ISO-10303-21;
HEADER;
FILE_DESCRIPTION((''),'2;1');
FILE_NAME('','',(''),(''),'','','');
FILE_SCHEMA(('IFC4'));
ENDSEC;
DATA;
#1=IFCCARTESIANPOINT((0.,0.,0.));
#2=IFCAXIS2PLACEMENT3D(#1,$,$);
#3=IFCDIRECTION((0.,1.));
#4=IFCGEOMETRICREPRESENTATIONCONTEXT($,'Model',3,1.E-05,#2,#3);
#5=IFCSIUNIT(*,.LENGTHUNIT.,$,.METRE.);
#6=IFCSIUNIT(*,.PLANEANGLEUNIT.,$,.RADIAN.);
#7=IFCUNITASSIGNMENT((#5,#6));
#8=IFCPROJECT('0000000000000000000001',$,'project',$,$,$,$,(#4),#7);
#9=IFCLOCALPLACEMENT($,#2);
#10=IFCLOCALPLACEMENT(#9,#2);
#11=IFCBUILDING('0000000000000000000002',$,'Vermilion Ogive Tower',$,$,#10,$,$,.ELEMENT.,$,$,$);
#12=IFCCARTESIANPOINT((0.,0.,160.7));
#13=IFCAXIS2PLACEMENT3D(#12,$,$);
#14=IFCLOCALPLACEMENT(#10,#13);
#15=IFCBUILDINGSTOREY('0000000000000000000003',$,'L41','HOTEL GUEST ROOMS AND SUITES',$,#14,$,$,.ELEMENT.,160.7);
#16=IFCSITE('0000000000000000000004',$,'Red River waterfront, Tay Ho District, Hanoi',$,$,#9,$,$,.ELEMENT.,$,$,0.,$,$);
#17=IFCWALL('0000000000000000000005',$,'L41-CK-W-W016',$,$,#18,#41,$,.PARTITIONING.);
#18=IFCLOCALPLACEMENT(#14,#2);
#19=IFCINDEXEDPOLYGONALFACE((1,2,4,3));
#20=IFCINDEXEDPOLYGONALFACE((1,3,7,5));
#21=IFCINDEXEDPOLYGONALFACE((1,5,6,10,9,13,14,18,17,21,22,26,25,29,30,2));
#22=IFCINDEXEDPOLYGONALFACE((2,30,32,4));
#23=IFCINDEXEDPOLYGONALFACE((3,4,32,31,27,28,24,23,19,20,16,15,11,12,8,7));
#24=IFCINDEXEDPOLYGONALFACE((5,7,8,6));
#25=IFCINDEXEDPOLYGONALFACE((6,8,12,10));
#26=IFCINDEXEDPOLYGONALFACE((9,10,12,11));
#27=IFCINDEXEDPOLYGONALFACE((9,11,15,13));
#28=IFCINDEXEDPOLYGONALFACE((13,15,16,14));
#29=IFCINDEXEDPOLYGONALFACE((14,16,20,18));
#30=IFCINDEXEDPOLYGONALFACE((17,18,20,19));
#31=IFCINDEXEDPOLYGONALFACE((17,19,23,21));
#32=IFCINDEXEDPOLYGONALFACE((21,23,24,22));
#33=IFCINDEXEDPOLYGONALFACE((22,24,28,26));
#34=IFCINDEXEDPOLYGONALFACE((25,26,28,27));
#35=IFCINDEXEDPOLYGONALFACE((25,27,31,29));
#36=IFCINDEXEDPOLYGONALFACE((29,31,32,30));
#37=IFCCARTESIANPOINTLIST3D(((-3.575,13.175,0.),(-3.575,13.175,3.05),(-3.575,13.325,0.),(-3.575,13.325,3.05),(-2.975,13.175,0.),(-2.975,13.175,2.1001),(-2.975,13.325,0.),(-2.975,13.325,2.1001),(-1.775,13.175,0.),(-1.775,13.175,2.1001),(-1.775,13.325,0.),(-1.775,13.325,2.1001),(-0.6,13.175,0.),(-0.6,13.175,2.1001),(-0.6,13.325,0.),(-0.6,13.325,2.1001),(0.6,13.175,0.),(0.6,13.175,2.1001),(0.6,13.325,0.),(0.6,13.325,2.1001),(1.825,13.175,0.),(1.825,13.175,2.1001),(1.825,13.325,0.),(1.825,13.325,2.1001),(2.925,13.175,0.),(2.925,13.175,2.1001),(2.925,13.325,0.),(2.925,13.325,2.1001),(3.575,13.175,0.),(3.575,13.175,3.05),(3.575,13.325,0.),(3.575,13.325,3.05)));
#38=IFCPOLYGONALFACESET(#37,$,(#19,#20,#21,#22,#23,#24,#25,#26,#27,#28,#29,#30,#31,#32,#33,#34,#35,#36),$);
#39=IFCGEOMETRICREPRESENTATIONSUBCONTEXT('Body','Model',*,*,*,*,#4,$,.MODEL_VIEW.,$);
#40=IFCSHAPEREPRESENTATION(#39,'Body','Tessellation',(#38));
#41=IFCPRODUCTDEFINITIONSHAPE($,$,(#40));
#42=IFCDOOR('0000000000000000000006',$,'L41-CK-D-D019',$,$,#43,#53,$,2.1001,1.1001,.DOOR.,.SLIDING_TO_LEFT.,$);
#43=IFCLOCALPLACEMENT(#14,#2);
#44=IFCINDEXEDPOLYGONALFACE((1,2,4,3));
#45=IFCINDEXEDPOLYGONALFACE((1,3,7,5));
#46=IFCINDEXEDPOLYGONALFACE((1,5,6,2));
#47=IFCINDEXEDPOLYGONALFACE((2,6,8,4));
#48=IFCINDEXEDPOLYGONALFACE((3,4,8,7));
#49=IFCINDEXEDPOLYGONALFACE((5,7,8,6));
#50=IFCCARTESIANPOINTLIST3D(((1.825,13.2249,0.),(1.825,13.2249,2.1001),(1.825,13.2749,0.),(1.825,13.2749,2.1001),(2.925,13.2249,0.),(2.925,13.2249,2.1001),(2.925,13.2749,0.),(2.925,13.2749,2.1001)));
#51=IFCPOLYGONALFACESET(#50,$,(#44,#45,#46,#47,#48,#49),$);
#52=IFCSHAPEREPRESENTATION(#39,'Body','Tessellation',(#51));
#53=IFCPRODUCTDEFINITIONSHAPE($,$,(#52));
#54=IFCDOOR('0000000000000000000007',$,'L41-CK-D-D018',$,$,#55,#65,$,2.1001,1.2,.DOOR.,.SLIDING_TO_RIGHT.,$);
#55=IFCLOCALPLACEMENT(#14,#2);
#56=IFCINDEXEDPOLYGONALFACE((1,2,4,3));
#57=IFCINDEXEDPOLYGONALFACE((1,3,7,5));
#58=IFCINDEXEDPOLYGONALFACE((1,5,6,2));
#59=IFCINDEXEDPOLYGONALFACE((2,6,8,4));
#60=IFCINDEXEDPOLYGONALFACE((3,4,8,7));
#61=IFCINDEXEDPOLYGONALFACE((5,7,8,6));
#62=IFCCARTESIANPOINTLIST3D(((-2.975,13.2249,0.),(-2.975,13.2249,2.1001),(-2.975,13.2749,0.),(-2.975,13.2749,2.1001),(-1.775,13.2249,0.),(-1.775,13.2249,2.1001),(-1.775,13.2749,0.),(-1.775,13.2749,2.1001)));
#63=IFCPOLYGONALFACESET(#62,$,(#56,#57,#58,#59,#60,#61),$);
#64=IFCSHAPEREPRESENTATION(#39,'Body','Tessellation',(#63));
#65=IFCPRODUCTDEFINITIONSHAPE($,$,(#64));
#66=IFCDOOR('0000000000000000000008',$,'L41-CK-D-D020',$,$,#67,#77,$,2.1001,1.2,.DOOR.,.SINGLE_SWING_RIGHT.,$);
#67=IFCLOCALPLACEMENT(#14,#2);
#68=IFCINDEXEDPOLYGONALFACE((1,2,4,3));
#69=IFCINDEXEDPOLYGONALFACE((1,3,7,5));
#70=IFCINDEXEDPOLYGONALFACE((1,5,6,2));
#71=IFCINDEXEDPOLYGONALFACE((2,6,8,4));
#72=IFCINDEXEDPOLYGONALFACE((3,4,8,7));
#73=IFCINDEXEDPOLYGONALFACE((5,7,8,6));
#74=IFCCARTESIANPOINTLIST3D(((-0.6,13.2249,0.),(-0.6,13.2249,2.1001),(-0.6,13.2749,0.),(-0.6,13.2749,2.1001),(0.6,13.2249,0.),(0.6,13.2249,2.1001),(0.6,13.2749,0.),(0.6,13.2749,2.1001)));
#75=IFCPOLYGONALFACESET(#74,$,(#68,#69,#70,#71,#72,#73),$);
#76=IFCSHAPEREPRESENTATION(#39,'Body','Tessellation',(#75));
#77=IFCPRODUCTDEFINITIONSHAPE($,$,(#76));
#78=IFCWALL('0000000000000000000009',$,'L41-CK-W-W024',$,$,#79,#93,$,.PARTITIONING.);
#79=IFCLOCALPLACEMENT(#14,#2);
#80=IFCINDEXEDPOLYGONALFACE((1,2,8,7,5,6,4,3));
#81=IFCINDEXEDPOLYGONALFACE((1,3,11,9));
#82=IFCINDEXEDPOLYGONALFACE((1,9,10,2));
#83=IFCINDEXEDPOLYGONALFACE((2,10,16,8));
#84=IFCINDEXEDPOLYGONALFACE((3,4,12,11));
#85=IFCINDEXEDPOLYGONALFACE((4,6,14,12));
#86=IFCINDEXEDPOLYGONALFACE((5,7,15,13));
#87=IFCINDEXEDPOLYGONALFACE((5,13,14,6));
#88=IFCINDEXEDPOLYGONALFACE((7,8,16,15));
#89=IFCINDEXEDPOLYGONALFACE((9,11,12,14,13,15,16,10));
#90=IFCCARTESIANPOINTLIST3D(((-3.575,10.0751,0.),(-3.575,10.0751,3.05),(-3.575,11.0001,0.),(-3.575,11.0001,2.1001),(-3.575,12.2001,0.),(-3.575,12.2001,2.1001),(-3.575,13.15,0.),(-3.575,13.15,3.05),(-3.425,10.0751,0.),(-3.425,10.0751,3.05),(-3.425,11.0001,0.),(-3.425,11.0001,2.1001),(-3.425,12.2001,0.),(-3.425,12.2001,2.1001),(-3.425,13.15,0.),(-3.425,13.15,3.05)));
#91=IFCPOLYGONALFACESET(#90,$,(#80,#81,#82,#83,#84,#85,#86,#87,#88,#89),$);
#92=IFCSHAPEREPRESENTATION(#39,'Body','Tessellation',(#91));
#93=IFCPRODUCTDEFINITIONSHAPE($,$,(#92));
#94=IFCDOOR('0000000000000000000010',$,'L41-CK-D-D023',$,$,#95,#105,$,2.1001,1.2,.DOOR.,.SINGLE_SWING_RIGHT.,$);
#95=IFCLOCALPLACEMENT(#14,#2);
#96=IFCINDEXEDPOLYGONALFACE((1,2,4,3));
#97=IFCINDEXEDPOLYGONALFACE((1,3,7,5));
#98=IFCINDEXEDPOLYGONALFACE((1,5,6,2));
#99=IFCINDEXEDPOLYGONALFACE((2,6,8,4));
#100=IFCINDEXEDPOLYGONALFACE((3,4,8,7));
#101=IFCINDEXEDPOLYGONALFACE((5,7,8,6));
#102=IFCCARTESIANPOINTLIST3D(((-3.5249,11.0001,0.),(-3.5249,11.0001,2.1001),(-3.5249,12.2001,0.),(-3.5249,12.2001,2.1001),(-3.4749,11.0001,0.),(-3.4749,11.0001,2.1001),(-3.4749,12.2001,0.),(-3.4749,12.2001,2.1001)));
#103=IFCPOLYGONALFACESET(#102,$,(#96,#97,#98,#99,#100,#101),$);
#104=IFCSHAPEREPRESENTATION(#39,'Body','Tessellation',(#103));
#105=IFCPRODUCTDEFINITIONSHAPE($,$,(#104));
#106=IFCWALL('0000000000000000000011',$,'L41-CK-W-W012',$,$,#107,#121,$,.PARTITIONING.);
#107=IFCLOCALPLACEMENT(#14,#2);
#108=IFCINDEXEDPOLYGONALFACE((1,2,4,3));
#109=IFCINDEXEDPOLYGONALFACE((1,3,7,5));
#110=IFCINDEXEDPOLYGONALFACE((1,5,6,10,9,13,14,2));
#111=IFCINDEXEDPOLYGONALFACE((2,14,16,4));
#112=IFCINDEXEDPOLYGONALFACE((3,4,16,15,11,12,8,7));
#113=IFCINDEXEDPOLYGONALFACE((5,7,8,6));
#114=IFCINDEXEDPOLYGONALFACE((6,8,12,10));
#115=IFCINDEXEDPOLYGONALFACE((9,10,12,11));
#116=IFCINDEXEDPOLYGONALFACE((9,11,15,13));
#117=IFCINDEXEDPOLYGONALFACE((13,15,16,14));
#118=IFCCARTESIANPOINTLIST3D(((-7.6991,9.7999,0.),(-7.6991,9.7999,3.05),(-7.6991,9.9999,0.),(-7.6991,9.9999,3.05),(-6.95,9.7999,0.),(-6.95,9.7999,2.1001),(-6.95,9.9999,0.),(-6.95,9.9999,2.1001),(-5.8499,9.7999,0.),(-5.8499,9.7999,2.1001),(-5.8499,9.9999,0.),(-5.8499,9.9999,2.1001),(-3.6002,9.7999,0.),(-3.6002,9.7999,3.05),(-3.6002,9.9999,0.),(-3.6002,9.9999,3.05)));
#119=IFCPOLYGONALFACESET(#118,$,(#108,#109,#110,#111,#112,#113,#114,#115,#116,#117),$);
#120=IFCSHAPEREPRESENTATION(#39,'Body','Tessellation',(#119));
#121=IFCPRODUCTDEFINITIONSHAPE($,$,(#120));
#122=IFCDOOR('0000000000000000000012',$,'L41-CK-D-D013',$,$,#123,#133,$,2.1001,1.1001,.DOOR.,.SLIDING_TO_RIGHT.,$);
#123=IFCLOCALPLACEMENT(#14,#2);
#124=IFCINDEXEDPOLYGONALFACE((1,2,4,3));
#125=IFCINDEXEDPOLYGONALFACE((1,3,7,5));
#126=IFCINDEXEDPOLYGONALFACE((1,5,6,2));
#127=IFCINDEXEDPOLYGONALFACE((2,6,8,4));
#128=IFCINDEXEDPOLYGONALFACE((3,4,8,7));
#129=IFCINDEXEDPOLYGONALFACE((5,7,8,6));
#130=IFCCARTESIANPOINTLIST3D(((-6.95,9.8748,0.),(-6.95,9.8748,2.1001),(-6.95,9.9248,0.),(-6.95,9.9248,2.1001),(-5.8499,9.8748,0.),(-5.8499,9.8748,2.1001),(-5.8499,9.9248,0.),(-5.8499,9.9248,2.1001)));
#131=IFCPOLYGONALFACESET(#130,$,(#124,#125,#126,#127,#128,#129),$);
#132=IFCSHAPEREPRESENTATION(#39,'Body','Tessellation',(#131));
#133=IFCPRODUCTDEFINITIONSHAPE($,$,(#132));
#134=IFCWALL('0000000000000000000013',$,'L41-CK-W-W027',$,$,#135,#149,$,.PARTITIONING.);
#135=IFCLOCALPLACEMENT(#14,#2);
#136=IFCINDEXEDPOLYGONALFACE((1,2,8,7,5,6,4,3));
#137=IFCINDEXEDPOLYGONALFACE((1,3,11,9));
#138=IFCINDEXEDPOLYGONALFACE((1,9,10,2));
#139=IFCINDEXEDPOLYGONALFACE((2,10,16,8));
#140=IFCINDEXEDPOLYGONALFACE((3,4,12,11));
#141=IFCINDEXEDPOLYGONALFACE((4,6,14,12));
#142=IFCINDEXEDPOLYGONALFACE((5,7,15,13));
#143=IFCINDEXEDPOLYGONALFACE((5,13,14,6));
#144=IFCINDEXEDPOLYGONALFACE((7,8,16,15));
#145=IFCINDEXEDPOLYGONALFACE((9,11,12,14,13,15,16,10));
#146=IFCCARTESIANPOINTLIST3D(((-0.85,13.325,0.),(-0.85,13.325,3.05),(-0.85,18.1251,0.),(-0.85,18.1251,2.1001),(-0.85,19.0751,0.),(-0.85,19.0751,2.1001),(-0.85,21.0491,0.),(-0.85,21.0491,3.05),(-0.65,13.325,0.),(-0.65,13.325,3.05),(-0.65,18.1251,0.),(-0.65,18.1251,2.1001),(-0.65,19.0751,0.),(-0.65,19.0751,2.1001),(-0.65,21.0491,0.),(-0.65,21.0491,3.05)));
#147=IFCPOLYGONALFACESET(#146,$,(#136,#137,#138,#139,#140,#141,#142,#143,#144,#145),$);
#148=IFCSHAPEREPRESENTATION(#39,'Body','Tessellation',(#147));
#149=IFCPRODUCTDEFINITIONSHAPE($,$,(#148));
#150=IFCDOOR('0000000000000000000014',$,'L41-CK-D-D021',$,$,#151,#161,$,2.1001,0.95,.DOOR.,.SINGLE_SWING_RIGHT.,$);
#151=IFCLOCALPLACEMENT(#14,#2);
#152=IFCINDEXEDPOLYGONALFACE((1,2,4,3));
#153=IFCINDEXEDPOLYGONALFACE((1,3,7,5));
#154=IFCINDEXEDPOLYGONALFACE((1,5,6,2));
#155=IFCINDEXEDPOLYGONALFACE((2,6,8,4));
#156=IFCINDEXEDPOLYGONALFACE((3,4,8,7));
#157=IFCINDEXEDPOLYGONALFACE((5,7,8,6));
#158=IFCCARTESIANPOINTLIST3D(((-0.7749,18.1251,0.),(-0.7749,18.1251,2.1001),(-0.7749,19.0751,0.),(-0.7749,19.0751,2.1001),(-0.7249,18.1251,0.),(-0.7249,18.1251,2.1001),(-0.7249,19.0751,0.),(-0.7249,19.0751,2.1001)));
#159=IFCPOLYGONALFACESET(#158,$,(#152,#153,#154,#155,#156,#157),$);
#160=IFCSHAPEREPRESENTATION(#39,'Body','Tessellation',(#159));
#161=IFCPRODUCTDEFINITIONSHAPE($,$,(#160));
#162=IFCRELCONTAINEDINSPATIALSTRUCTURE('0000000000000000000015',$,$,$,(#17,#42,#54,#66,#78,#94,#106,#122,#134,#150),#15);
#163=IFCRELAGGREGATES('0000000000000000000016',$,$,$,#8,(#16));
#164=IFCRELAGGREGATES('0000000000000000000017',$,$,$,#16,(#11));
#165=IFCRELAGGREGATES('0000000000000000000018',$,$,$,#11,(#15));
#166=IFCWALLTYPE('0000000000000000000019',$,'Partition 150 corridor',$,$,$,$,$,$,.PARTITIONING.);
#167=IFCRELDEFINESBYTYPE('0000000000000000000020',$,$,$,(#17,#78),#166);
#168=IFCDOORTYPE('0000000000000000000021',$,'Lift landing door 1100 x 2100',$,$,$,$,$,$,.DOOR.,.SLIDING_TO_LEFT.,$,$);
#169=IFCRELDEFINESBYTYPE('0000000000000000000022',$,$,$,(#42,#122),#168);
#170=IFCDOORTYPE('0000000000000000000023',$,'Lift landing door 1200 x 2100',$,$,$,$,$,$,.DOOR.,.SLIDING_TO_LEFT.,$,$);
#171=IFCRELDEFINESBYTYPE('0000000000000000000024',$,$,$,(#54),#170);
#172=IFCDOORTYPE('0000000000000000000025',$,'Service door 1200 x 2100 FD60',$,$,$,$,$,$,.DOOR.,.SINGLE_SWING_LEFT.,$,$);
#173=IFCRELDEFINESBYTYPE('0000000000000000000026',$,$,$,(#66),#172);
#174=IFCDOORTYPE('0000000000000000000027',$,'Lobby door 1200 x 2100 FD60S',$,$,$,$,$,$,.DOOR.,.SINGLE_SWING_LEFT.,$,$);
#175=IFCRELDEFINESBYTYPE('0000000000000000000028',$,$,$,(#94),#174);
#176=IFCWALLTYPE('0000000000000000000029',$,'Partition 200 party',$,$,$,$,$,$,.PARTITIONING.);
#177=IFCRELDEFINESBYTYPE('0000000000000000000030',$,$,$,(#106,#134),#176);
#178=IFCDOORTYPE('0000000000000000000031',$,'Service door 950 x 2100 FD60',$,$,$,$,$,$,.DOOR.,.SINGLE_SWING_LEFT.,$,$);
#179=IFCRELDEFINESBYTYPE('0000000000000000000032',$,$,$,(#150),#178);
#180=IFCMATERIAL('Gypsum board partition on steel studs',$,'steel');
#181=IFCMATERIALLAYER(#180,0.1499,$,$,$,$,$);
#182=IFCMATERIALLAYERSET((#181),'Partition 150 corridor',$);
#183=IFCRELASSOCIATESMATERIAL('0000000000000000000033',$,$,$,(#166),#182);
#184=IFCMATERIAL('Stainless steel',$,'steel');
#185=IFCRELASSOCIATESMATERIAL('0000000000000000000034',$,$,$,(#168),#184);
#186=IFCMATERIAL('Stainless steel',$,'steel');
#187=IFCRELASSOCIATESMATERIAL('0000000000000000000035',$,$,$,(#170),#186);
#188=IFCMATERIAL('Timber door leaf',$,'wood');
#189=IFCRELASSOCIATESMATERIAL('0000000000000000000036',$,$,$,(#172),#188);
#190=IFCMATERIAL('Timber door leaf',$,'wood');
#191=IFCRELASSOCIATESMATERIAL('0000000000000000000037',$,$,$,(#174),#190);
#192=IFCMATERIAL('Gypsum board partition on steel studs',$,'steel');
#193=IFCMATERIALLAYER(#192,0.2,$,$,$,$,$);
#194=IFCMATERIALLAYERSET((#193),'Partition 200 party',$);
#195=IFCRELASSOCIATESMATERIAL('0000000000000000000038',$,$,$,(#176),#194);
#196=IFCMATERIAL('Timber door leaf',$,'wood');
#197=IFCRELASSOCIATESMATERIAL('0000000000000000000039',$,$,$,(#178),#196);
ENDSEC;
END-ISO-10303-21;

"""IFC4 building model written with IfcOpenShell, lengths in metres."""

from ifc_helpers import new_model, si_unit, direction, frame, frame_2d, origin, place, context, subcontext, project, spatial, rectangle, extrude, material, layer, layer_set, type_object, element, fill, save


model = new_model("IFC4")

# Units and contexts
model_context = context("Model", 3, precision=1e-05, world=origin(), true_north=direction((0.0, 1.0)))
body_context = subcontext(model_context, "Body", "Model", "MODEL_VIEW")
ifc_project = project(units=[si_unit("LENGTHUNIT", "METRE"), si_unit("PLANEANGLEUNIT", "RADIAN")], contexts=[model_context])

# Site, building, storey
site_placement = place(None, origin())
site = spatial("IfcSite", under=ifc_project, at=site_placement, Name="Red River waterfront, Tay Ho District, Hanoi", CompositionType="ELEMENT", RefElevation=0.0)
building_placement = place(site_placement, origin())
building = spatial("IfcBuilding", under=site, at=building_placement, Name="Vermilion Ogive Tower", CompositionType="ELEMENT")
storey_placement = place(building_placement, frame((0.0, 0.0, 160.7)))
storey = spatial("IfcBuildingStorey", under=building, at=storey_placement, Name="L41", Description="HOTEL GUEST ROOMS AND SUITES", CompositionType="ELEMENT", Elevation=160.7)

# Shared definitions
ifc_material_1 = material(Name="Gypsum board partition on steel studs", Category="steel")
ifc_layer_1 = layer(ifc_material_1, 0.1499)
ifc_layer_set_1 = layer_set([ifc_layer_1], Name="Partition 150 corridor")
wall_type_1 = type_object("IfcWallType", Name="Partition 150 corridor", PredefinedType="PARTITIONING", material=ifc_layer_set_1)

# Wall, openings, doors
wall_1_placement = place(storey_placement, frame((-3.575, 13.25, 0.0), z_axis=(0.0, 0.0, 1.0), x_axis=(1.0, 0.0, 0.0)))
wall_1 = element("IfcWall", 1, at=wall_1_placement, inside=storey, type_object=wall_type_1, Name="L41-CK-W-W016", PredefinedType="PARTITIONING", context=body_context, shape_type="SweptSolid", body=[
    extrude(rectangle(XDim=7.1499, YDim=0.1499, at=frame_2d((3.575, 0.0))), origin(), (0.0, 0.0, 1.0), 3.05),
])
opening_1_placement = place(wall_1_placement, frame((0.5999, 0.0, 0.0)))
opening_1 = element("IfcOpeningElement", 2, at=opening_1_placement, cuts=wall_1, PredefinedType="OPENING", context=body_context, shape_type="SweptSolid", body=[
    extrude(rectangle(XDim=1.2, YDim=2.1001, at=frame_2d((0.6001, 1.05))), frame((0.0, 0.085, 0.0), z_axis=(0.0, -1.0, 0.0), x_axis=(1.0, 0.0, 0.0)), (0.0, 0.0, 1.0), 0.1699),
])
opening_2_placement = place(wall_1_placement, frame((5.3999, 0.0, 0.0)))
opening_2 = element("IfcOpeningElement", 3, at=opening_2_placement, cuts=wall_1, PredefinedType="OPENING", context=body_context, shape_type="SweptSolid", body=[
    extrude(rectangle(XDim=1.1001, YDim=2.1001, at=frame_2d((0.55, 1.05))), frame((0.0, 0.085, 0.0), z_axis=(0.0, -1.0, 0.0), x_axis=(1.0, 0.0, 0.0)), (0.0, 0.0, 1.0), 0.1699),
])
opening_3_placement = place(wall_1_placement, frame((2.9749, 0.0, 0.0)))
opening_3 = element("IfcOpeningElement", 4, at=opening_3_placement, cuts=wall_1, PredefinedType="OPENING", context=body_context, shape_type="SweptSolid", body=[
    extrude(rectangle(XDim=1.2, YDim=2.1001, at=frame_2d((0.6001, 1.05))), frame((0.0, 0.085, 0.0), z_axis=(0.0, -1.0, 0.0), x_axis=(1.0, 0.0, 0.0)), (0.0, 0.0, 1.0), 0.1699),
])
ifc_material_2 = material(Name="Stainless steel", Category="steel")
door_type_1 = type_object("IfcDoorType", Name="Lift landing door 1100 x 2100", OperationType="SLIDING_TO_LEFT", PredefinedType="DOOR", material=ifc_material_2)
door_1_placement = place(opening_2_placement, origin())
door_1 = element("IfcDoor", 5, at=door_1_placement, inside=storey, type_object=door_type_1, Name="L41-CK-D-D019", OperationType="SLIDING_TO_LEFT", OverallHeight=2.1001, OverallWidth=1.1001, PredefinedType="DOOR", context=body_context, shape_type="SweptSolid", body=[
    extrude(rectangle(XDim=1.1001, YDim=2.1001, at=frame_2d((0.55, 1.05))), frame((0.0, 0.0249, 0.0), z_axis=(0.0, -1.0, 0.0), x_axis=(1.0, 0.0, 0.0)), (0.0, 0.0, 1.0), 0.05),
])
fill(opening_2, door_1)
ifc_material_3 = material(Name="Stainless steel", Category="steel")
door_type_2 = type_object("IfcDoorType", Name="Lift landing door 1200 x 2100", OperationType="SLIDING_TO_LEFT", PredefinedType="DOOR", material=ifc_material_3)
door_2_placement = place(opening_1_placement, origin())
door_2 = element("IfcDoor", 6, at=door_2_placement, inside=storey, type_object=door_type_2, Name="L41-CK-D-D018", OperationType="SLIDING_TO_RIGHT", OverallHeight=2.1001, OverallWidth=1.2, PredefinedType="DOOR", context=body_context, shape_type="SweptSolid", body=[
    extrude(rectangle(XDim=1.2, YDim=2.1001, at=frame_2d((0.6001, 1.05))), frame((0.0, 0.0249, 0.0), z_axis=(0.0, -1.0, 0.0), x_axis=(1.0, 0.0, 0.0)), (0.0, 0.0, 1.0), 0.05),
])
fill(opening_1, door_2)
ifc_material_4 = material(Name="Timber door leaf", Category="wood")
door_type_3 = type_object("IfcDoorType", Name="Service door 1200 x 2100 FD60", OperationType="SINGLE_SWING_LEFT", PredefinedType="DOOR", material=ifc_material_4)
door_3_placement = place(opening_3_placement, origin())
door_3 = element("IfcDoor", 7, at=door_3_placement, inside=storey, type_object=door_type_3, Name="L41-CK-D-D020", OperationType="SINGLE_SWING_RIGHT", OverallHeight=2.1001, OverallWidth=1.2, PredefinedType="DOOR", context=body_context, shape_type="SweptSolid", body=[
    extrude(rectangle(XDim=1.2, YDim=2.1001, at=frame_2d((0.6001, 1.05))), frame((0.0, 0.0249, 0.0), z_axis=(0.0, -1.0, 0.0), x_axis=(1.0, 0.0, 0.0)), (0.0, 0.0, 1.0), 0.05),
])
fill(opening_3, door_3)

# Walls, openings, doors
wall_2_placement = place(storey_placement, frame((-3.5, 10.075, 0.0), z_axis=(0.0, 0.0, 1.0), x_axis=(0.0, 1.0, 0.0)))
wall_2 = element("IfcWall", 8, at=wall_2_placement, inside=storey, type_object=wall_type_1, Name="L41-CK-W-W024", PredefinedType="PARTITIONING", context=body_context, shape_type="SweptSolid", body=[
    extrude(rectangle(XDim=3.075, YDim=0.1499, at=frame_2d((1.5376, 0.0))), origin(), (0.0, 0.0, 1.0), 3.05),
])
opening_4_placement = place(wall_2_placement, frame((0.925, 0.0, 0.0)))
opening_4 = element("IfcOpeningElement", 9, at=opening_4_placement, cuts=wall_2, PredefinedType="OPENING", context=body_context, shape_type="SweptSolid", body=[
    extrude(rectangle(XDim=1.2, YDim=2.1001, at=frame_2d((0.6001, 1.05))), frame((0.0, 0.085, 0.0), z_axis=(0.0, -1.0, 0.0), x_axis=(1.0, 0.0, 0.0)), (0.0, 0.0, 1.0), 0.1699),
])
ifc_material_5 = material(Name="Timber door leaf", Category="wood")
door_type_4 = type_object("IfcDoorType", Name="Lobby door 1200 x 2100 FD60S", OperationType="SINGLE_SWING_LEFT", PredefinedType="DOOR", material=ifc_material_5)
door_4_placement = place(opening_4_placement, origin())
door_4 = element("IfcDoor", 10, at=door_4_placement, inside=storey, type_object=door_type_4, Name="L41-CK-D-D023", OperationType="SINGLE_SWING_RIGHT", OverallHeight=2.1001, OverallWidth=1.2, PredefinedType="DOOR", context=body_context, shape_type="SweptSolid", body=[
    extrude(rectangle(XDim=1.2, YDim=2.1001, at=frame_2d((0.6001, 1.05))), frame((0.0, 0.0249, 0.0), z_axis=(0.0, -1.0, 0.0), x_axis=(1.0, 0.0, 0.0)), (0.0, 0.0, 1.0), 0.05),
])
fill(opening_4, door_4)
ifc_material_6 = material(Name="Gypsum board partition on steel studs", Category="steel")
ifc_layer_2 = layer(ifc_material_6, 0.2)
ifc_layer_set_2 = layer_set([ifc_layer_2], Name="Partition 200 party")
wall_type_2 = type_object("IfcWallType", Name="Partition 200 party", PredefinedType="PARTITIONING", material=ifc_layer_set_2)
wall_3_placement = place(storey_placement, frame((-7.699, 9.8999, 0.0), z_axis=(0.0, 0.0, 1.0), x_axis=(1.0, 0.0, 0.0)))
wall_3 = element("IfcWall", 11, at=wall_3_placement, inside=storey, type_object=wall_type_2, Name="L41-CK-W-W012", PredefinedType="PARTITIONING", context=body_context, shape_type="SweptSolid", body=[
    extrude(rectangle(XDim=4.0989, YDim=0.2, at=frame_2d((2.0493, 0.0))), origin(), (0.0, 0.0, 1.0), 3.05),
])
opening_5_placement = place(wall_3_placement, frame((0.749, 0.0, 0.0)))
opening_5 = element("IfcOpeningElement", 12, at=opening_5_placement, cuts=wall_3, PredefinedType="OPENING", context=body_context, shape_type="SweptSolid", body=[
    extrude(rectangle(XDim=1.1001, YDim=2.1001, at=frame_2d((0.55, 1.05))), frame((0.0, 0.1099, 0.0), z_axis=(0.0, -1.0, 0.0), x_axis=(1.0, 0.0, 0.0)), (0.0, 0.0, 1.0), 0.22),
])
door_5_placement = place(opening_5_placement, origin())
door_5 = element("IfcDoor", 13, at=door_5_placement, inside=storey, type_object=door_type_1, Name="L41-CK-D-D013", OperationType="SLIDING_TO_RIGHT", OverallHeight=2.1001, OverallWidth=1.1001, PredefinedType="DOOR", context=body_context, shape_type="SweptSolid", body=[
    extrude(rectangle(XDim=1.1001, YDim=2.1001, at=frame_2d((0.55, 1.05))), frame((0.0, 0.0249, 0.0), z_axis=(0.0, -1.0, 0.0), x_axis=(1.0, 0.0, 0.0)), (0.0, 0.0, 1.0), 0.05),
])
fill(opening_5, door_5)
wall_4_placement = place(storey_placement, frame((-0.75, 13.325, 0.0), z_axis=(0.0, 0.0, 1.0), x_axis=(0.0, 1.0, 0.0)))
wall_4 = element("IfcWall", 14, at=wall_4_placement, inside=storey, type_object=wall_type_2, Name="L41-CK-W-W027", PredefinedType="PARTITIONING", context=body_context, shape_type="SweptSolid", body=[
    extrude(rectangle(XDim=7.7241, YDim=0.2, at=frame_2d((3.8621, 0.0))), origin(), (0.0, 0.0, 1.0), 3.05),
])
opening_6_placement = place(wall_4_placement, frame((4.8, 0.0, 0.0)))
opening_6 = element("IfcOpeningElement", 15, at=opening_6_placement, cuts=wall_4, PredefinedType="OPENING", context=body_context, shape_type="SweptSolid", body=[
    extrude(rectangle(XDim=0.95, YDim=2.1001, at=frame_2d((0.4751, 1.05))), frame((0.0, 0.1099, 0.0), z_axis=(0.0, -1.0, 0.0), x_axis=(1.0, 0.0, 0.0)), (0.0, 0.0, 1.0), 0.22),
])
ifc_material_7 = material(Name="Timber door leaf", Category="wood")
door_type_5 = type_object("IfcDoorType", Name="Service door 950 x 2100 FD60", OperationType="SINGLE_SWING_LEFT", PredefinedType="DOOR", material=ifc_material_7)
door_6_placement = place(opening_6_placement, origin())
door_6 = element("IfcDoor", 16, at=door_6_placement, inside=storey, type_object=door_type_5, Name="L41-CK-D-D021", OperationType="SINGLE_SWING_RIGHT", OverallHeight=2.1001, OverallWidth=0.95, PredefinedType="DOOR", context=body_context, shape_type="SweptSolid", body=[
    extrude(rectangle(XDim=0.95, YDim=2.1001, at=frame_2d((0.4751, 1.05))), frame((0.0, 0.0249, 0.0), z_axis=(0.0, -1.0, 0.0), x_axis=(1.0, 0.0, 0.0)), (0.0, 0.0, 1.0), 0.05),
])
fill(opening_6, door_6)

save(model, "model.ifc")
